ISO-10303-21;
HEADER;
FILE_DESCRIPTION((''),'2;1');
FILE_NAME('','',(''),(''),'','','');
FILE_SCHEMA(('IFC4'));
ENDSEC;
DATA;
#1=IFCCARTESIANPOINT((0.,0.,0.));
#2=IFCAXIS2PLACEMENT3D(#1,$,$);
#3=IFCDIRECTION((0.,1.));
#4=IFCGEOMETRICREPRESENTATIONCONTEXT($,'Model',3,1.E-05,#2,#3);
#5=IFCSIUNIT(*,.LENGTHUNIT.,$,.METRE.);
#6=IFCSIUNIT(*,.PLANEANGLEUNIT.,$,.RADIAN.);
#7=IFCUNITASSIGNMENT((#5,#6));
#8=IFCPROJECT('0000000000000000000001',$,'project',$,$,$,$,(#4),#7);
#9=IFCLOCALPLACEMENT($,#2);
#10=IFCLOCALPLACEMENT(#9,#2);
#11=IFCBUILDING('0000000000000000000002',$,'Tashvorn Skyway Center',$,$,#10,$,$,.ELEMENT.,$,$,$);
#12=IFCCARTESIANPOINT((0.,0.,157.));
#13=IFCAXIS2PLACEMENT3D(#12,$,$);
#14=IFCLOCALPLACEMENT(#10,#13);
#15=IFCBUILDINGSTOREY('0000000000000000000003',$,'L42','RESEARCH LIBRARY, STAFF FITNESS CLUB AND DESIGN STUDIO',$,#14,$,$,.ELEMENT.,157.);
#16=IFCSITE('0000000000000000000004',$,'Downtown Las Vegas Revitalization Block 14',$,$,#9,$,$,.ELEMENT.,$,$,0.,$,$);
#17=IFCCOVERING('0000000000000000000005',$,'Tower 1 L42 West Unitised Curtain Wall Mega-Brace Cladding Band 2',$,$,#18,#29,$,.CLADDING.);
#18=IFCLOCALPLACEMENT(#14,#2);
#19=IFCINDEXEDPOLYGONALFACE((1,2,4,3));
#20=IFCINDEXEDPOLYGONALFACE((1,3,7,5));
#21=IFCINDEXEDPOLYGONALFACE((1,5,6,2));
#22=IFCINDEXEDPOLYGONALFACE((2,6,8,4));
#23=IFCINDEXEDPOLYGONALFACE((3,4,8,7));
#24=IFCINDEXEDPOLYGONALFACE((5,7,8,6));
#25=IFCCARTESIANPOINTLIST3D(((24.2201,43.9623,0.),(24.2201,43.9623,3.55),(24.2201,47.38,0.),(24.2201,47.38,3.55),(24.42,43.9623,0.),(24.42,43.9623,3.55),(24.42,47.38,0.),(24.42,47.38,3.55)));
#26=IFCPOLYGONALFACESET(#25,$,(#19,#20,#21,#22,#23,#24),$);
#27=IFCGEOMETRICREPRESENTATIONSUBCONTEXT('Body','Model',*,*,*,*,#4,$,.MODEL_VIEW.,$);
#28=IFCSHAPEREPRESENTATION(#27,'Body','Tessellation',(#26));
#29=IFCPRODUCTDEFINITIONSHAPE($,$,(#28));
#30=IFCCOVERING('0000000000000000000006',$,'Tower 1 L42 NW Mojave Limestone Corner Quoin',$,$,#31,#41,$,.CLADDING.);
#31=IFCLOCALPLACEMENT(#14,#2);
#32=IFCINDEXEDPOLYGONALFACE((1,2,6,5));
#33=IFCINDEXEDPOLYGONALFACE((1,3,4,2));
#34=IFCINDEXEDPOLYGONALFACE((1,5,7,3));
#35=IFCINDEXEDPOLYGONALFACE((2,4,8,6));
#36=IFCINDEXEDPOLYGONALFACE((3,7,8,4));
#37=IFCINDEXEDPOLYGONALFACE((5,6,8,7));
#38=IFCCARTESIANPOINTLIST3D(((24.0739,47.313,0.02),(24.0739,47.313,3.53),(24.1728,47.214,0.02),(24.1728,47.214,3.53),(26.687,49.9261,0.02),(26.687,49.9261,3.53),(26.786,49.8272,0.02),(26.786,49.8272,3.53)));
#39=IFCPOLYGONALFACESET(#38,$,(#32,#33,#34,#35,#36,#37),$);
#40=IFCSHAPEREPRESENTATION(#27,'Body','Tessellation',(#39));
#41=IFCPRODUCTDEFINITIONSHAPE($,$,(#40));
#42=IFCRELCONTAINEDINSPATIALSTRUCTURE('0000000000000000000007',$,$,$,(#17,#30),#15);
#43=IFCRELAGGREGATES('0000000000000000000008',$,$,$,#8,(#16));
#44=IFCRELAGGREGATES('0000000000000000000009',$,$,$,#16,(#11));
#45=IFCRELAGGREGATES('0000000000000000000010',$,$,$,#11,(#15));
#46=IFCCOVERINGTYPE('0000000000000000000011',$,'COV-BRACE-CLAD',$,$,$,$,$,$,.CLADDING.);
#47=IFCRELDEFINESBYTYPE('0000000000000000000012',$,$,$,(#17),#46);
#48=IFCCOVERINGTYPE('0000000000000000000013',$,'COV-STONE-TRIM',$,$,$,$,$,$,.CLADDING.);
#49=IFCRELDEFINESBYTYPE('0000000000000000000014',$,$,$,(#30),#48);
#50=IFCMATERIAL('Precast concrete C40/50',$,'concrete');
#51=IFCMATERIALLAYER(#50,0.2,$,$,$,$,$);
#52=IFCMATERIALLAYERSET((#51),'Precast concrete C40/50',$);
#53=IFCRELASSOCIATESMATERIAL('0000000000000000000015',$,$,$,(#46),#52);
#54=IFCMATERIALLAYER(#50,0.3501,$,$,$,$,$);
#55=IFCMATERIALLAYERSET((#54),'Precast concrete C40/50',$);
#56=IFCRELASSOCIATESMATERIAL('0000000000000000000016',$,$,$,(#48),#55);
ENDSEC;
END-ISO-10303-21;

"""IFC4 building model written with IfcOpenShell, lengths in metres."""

from ifc_helpers import new_model, si_unit, direction, frame, origin, origin_2d, place, context, subcontext, project, spatial, rectangle, extrude, material, layer, layer_set, type_object, element, save


model = new_model("IFC4")

# Units and contexts
model_context = context("Model", 3, precision=1e-05, world=origin(), true_north=direction((0.0, 1.0)))
body_context = subcontext(model_context, "Body", "Model", "MODEL_VIEW")
ifc_project = project(units=[si_unit("LENGTHUNIT", "METRE"), si_unit("PLANEANGLEUNIT", "RADIAN")], contexts=[model_context])

# Site, building, storey
site_placement = place(None, origin())
site = spatial("IfcSite", under=ifc_project, at=site_placement, Name="Downtown Las Vegas Revitalization Block 14", CompositionType="ELEMENT", RefElevation=0.0)
building_placement = place(site_placement, origin())
building = spatial("IfcBuilding", under=site, at=building_placement, Name="Tashvorn Skyway Center", CompositionType="ELEMENT")
storey_placement = place(building_placement, frame((0.0, 0.0, 157.0)))
storey = spatial("IfcBuildingStorey", under=building, at=storey_placement, Name="L42", Description="RESEARCH LIBRARY, STAFF FITNESS CLUB AND DESIGN STUDIO", CompositionType="ELEMENT", Elevation=157.0)

# Shared definitions
ifc_material_1 = material(Name="Precast concrete C40/50", Category="concrete")

# Coverings
ifc_layer_1 = layer(ifc_material_1, 0.2)
ifc_layer_set_1 = layer_set([ifc_layer_1], Name="Precast concrete C40/50")
covering_type_1 = type_object("IfcCoveringType", Name="COV-BRACE-CLAD", PredefinedType="CLADDING", material=ifc_layer_set_1)
covering_1_placement = place(storey_placement, frame((24.3201, 45.6711, 0.0), z_axis=(0.0, 0.0, 1.0), x_axis=(0.0, 1.0, 0.0)))
element("IfcCovering", 1, at=covering_1_placement, inside=storey, type_object=covering_type_1, Name="Tower 1 L42 West Unitised Curtain Wall Mega-Brace Cladding Band 2", PredefinedType="CLADDING", context=body_context, shape_type="SweptSolid", body=[
    extrude(rectangle(XDim=3.4177, YDim=0.2, at=origin_2d()), origin(), (0.0, 0.0, 1.0), 3.55),
])
ifc_layer_2 = layer(ifc_material_1, 0.3501)
ifc_layer_set_2 = layer_set([ifc_layer_2], Name="Precast concrete C40/50")
covering_type_2 = type_object("IfcCoveringType", Name="COV-STONE-TRIM", PredefinedType="CLADDING", material=ifc_layer_set_2)
covering_2_placement = place(storey_placement, frame((25.4299, 48.5701, 0.02), z_axis=(0.0, 0.0, 1.0), x_axis=(-0.707107, -0.707107, 0.0)))
element("IfcCovering", 2, at=covering_2_placement, inside=storey, type_object=covering_type_2, Name="Tower 1 L42 NW Mojave Limestone Corner Quoin", PredefinedType="CLADDING", context=body_context, shape_type="SweptSolid", body=[
    extrude(rectangle(XDim=3.6956, YDim=0.1399, at=origin_2d()), origin(), (0.0, 0.0, 1.0), 3.51),
])

save(model, "model.ifc")
